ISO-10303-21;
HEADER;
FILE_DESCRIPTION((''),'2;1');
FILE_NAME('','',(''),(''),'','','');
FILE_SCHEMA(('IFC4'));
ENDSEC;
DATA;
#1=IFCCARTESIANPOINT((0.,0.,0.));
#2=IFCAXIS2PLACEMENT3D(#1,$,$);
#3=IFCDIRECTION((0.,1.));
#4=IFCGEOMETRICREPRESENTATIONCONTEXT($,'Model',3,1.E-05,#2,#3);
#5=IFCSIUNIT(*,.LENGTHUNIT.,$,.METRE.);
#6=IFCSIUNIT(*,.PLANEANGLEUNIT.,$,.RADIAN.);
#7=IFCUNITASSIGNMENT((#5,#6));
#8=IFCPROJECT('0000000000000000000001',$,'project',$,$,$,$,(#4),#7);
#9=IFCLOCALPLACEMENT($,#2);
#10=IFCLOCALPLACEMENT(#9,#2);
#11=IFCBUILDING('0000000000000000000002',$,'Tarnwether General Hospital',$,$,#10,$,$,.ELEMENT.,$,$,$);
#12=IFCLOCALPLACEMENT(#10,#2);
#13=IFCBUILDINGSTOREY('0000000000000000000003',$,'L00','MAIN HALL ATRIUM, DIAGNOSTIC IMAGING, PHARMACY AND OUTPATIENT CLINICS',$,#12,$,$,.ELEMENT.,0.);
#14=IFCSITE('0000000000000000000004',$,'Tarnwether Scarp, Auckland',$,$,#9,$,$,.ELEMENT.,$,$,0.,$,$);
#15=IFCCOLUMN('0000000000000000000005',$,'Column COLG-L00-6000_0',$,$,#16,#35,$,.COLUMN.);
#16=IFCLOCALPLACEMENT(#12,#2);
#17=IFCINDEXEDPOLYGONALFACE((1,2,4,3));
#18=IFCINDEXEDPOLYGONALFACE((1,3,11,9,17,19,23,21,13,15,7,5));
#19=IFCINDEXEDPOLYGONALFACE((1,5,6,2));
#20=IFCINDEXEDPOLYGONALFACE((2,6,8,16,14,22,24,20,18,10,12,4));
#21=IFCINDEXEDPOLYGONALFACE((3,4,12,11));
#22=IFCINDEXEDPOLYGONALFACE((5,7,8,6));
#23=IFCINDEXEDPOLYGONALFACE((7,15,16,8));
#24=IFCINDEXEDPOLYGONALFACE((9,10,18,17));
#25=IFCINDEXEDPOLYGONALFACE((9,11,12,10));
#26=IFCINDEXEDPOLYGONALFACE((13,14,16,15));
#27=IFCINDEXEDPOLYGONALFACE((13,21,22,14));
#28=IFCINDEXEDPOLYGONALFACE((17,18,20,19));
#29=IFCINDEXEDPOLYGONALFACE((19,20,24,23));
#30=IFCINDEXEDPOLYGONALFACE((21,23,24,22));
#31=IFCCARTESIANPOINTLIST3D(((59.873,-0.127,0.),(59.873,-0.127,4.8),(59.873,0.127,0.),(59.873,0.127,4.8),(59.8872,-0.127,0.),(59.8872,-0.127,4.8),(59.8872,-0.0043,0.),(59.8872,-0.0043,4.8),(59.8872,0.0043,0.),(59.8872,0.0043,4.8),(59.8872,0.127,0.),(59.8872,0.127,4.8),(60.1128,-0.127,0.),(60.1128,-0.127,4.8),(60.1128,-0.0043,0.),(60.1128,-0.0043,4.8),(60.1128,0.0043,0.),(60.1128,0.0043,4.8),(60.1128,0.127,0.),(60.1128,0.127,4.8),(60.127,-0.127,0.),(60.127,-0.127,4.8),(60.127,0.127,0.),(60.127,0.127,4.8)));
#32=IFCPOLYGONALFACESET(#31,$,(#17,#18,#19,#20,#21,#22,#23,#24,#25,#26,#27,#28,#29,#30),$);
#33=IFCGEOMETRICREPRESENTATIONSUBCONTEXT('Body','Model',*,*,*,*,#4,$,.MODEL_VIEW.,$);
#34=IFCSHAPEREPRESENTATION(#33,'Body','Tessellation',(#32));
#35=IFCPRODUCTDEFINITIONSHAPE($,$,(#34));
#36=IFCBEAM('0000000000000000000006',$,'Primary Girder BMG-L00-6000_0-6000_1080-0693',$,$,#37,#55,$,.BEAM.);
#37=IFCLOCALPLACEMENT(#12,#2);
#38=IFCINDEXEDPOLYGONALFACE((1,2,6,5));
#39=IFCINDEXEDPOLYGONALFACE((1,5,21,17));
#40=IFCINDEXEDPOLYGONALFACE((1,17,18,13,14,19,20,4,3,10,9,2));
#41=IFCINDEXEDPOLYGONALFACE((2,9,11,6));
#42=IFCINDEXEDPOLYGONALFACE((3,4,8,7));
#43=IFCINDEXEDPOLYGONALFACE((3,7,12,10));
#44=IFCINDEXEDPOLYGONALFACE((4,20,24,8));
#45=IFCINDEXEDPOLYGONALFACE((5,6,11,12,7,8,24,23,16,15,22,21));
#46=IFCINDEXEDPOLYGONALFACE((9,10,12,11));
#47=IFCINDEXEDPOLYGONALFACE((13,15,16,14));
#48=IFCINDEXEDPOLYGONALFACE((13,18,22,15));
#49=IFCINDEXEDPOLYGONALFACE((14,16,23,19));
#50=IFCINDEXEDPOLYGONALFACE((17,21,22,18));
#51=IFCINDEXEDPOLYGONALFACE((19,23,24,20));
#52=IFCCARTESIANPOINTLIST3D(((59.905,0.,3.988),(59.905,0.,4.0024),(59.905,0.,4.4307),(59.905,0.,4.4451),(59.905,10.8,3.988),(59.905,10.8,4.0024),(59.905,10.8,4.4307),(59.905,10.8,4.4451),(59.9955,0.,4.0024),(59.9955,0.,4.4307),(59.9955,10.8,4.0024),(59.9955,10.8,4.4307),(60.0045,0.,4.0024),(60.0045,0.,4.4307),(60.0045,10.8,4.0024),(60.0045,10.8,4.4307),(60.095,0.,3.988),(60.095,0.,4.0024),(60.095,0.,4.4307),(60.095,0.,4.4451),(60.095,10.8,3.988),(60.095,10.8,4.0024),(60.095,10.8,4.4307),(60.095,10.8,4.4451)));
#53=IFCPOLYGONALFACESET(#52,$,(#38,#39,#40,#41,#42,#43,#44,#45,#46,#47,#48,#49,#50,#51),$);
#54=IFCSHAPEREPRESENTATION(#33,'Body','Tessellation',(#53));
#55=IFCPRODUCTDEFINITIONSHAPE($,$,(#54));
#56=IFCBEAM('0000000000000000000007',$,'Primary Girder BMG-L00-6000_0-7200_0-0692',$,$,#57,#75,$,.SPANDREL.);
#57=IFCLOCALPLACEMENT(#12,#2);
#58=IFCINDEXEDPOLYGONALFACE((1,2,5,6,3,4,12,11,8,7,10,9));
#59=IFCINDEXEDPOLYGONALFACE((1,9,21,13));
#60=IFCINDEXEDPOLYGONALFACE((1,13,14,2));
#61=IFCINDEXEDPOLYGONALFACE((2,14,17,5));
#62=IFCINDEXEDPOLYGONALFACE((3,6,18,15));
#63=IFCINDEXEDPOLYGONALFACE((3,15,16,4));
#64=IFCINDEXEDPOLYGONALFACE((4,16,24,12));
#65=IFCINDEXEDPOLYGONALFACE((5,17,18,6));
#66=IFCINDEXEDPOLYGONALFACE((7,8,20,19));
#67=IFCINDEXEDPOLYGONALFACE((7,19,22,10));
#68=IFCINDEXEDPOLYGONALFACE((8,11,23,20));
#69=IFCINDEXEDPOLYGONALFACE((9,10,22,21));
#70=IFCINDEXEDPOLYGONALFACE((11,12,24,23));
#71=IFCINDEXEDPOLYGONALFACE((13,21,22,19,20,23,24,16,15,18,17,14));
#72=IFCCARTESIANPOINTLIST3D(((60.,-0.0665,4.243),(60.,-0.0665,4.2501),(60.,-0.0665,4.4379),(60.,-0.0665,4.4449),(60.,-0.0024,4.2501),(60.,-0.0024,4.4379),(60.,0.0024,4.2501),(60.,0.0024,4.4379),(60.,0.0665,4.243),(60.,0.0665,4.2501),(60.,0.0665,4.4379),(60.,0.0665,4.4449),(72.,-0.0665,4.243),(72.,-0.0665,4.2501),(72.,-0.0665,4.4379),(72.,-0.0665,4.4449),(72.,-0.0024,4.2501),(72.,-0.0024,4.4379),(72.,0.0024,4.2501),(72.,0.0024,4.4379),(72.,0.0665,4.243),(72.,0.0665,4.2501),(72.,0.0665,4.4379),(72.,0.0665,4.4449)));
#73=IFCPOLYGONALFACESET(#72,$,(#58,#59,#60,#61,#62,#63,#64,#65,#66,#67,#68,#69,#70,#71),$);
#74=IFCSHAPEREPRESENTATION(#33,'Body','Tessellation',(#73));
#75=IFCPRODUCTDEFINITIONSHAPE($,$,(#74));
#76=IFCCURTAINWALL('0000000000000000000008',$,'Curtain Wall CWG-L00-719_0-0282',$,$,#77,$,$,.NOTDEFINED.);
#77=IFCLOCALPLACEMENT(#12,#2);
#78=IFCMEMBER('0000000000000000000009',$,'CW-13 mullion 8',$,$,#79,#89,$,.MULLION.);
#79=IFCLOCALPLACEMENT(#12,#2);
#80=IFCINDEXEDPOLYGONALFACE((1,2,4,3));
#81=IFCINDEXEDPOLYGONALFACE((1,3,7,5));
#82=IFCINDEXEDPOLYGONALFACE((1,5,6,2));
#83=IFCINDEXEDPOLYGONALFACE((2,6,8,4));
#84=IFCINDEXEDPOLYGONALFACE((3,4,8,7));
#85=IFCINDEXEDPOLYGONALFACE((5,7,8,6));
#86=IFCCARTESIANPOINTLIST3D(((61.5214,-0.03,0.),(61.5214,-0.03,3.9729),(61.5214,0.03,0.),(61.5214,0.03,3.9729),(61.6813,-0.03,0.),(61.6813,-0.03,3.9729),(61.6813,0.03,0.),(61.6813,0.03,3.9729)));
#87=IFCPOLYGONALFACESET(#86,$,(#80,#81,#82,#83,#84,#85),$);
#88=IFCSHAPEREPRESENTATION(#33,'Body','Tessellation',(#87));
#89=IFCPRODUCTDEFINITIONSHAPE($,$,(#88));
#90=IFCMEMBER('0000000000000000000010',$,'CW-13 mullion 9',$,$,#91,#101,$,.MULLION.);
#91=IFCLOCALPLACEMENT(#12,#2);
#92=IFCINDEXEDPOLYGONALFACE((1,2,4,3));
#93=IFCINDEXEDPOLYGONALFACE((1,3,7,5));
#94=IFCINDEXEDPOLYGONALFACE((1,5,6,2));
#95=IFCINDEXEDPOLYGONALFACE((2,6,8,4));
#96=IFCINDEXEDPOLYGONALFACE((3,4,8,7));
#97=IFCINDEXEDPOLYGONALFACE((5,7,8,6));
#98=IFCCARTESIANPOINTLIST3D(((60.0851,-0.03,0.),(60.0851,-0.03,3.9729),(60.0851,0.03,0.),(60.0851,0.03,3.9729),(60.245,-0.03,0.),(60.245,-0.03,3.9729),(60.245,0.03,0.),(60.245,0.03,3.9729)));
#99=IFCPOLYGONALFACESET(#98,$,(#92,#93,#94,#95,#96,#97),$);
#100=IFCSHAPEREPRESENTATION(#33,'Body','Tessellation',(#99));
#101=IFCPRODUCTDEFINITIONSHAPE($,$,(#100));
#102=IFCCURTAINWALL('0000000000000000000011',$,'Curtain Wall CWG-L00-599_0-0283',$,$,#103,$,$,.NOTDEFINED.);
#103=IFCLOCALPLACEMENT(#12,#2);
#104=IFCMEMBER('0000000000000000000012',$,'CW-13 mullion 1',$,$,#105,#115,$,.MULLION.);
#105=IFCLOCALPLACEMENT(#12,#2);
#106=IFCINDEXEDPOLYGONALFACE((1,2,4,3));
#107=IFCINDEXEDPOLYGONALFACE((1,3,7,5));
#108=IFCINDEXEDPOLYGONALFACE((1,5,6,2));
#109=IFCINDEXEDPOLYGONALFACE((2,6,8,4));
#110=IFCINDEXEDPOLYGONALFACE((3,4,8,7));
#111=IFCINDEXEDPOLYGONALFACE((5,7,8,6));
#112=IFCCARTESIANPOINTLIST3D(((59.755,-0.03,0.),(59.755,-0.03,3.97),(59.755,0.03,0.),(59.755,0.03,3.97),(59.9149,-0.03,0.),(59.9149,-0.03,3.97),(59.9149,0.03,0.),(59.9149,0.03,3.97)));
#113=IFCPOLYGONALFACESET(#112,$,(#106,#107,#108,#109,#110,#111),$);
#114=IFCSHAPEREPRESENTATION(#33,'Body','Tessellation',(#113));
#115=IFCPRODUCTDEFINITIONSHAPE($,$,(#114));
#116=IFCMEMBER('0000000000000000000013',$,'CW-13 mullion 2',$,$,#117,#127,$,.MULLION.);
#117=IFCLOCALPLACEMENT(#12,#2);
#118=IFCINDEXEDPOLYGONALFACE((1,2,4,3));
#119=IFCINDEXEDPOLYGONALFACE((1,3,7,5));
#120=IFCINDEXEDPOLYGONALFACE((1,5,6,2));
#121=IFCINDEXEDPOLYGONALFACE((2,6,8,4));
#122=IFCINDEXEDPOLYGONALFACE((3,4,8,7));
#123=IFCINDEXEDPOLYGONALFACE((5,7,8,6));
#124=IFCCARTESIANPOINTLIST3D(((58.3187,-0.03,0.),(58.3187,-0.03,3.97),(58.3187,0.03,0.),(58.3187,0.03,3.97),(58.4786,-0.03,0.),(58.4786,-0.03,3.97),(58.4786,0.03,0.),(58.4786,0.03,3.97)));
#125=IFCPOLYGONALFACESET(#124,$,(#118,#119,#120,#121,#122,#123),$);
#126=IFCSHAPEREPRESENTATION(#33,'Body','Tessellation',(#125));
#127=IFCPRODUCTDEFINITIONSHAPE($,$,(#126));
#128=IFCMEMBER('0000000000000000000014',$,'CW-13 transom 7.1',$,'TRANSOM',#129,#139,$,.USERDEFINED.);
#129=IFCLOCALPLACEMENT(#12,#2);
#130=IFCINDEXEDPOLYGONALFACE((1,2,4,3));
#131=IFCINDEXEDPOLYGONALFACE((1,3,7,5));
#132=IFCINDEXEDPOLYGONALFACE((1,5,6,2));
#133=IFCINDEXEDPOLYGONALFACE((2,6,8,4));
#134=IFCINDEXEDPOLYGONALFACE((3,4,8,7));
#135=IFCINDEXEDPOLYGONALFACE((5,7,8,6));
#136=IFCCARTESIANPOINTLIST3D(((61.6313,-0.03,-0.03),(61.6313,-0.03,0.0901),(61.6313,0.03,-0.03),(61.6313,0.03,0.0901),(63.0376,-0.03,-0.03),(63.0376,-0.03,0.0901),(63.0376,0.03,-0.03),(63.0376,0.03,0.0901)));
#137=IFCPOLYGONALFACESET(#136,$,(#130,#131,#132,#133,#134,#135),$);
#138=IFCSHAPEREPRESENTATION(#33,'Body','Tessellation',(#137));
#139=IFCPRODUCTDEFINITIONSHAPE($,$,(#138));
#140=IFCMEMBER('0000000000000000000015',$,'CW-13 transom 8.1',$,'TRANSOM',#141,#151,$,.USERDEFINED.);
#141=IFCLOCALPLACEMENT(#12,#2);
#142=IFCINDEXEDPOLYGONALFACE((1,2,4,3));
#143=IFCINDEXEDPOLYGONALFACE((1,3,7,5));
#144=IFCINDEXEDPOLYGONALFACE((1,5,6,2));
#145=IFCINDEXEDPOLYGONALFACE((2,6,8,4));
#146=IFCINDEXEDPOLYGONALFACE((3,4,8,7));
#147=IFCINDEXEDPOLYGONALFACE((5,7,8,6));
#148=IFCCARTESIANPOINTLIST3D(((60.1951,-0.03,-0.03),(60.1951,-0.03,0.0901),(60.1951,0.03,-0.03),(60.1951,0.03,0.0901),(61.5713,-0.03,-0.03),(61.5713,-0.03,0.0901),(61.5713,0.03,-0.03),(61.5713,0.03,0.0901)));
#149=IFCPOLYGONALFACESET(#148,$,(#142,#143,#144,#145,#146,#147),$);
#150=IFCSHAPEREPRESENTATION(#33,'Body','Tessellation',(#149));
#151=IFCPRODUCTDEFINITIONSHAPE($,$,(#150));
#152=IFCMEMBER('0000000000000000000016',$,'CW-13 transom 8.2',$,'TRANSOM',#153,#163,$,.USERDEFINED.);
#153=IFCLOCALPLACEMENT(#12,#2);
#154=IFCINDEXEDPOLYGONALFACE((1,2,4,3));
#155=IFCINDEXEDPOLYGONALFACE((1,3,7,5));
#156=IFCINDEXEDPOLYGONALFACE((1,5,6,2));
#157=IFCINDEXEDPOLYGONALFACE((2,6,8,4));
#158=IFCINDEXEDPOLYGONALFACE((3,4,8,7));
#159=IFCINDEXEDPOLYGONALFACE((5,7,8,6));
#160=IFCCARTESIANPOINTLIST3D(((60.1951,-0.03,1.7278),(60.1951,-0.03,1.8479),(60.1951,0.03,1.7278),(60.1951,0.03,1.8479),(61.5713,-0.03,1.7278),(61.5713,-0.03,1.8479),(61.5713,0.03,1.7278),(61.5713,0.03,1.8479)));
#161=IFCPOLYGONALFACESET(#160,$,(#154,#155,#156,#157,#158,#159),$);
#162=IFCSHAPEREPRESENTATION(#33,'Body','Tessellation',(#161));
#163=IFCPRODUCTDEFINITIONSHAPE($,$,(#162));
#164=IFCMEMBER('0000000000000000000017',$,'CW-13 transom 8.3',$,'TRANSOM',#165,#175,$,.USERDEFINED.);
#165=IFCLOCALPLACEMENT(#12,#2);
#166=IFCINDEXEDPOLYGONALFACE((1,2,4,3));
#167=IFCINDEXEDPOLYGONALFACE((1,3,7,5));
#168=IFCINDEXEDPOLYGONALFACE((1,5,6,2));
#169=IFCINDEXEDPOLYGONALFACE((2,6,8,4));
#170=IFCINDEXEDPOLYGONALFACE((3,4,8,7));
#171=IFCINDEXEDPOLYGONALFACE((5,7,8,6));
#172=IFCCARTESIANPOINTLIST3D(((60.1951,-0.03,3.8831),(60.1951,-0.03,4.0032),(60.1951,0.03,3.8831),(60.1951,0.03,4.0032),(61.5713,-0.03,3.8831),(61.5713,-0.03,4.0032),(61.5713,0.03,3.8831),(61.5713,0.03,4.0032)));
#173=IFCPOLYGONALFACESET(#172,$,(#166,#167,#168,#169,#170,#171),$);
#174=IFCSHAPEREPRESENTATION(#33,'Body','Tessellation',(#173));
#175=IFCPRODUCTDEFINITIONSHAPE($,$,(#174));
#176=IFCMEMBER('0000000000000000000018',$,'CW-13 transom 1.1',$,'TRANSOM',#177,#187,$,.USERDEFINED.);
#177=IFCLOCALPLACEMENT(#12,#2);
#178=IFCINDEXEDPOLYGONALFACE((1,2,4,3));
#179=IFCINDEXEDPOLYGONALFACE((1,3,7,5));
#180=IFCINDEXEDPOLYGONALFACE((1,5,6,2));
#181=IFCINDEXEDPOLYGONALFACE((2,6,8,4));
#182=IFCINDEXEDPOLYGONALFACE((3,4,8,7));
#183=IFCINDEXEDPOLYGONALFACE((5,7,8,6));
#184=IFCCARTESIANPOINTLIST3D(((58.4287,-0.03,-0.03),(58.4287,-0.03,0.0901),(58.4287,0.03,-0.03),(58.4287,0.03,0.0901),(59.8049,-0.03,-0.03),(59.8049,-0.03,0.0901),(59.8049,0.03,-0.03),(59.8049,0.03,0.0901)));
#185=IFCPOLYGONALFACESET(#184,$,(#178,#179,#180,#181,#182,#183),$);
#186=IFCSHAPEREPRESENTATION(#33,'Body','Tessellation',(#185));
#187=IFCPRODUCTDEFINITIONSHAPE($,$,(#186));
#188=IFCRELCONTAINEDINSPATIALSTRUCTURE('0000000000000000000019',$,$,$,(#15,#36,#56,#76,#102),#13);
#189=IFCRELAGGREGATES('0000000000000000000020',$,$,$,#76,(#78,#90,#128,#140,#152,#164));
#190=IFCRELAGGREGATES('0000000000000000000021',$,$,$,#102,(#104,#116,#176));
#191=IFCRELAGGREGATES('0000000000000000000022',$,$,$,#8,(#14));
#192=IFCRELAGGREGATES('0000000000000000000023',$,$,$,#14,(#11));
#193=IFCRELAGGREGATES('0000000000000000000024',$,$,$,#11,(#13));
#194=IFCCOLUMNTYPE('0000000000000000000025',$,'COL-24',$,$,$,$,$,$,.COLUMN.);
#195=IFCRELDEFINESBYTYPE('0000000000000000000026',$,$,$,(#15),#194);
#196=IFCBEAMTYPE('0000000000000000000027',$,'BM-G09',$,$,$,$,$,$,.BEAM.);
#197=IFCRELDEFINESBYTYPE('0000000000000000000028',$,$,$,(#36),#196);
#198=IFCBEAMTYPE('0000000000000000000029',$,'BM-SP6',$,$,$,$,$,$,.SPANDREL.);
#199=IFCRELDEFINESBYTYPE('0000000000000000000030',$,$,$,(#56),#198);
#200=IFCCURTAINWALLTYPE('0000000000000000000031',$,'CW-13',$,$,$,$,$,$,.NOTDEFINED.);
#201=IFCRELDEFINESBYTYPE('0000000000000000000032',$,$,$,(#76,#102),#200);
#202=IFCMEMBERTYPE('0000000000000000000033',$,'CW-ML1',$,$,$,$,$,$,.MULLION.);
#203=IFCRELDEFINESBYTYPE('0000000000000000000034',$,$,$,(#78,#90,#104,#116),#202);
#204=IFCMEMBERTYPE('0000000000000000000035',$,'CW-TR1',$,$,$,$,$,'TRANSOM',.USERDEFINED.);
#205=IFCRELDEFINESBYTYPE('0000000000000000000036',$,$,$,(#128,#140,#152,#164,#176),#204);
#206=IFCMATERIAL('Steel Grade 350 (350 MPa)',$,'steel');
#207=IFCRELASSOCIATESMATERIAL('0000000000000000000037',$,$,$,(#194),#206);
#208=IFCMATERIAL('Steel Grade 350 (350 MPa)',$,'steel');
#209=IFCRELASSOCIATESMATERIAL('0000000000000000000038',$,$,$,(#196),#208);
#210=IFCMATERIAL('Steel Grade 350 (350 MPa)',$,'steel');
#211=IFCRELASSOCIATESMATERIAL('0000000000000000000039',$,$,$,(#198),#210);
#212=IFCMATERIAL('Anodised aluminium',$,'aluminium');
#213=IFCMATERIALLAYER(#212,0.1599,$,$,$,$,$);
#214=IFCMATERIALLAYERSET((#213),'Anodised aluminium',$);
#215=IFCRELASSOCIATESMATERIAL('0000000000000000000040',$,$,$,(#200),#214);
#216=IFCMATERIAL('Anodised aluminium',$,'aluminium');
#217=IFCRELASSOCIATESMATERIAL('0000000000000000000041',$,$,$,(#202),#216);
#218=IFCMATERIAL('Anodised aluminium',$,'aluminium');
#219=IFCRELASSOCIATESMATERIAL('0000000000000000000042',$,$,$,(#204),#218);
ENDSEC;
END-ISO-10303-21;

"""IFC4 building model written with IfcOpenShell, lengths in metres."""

from ifc_helpers import new_model, si_unit, direction, frame, origin, origin_2d, place, context, subcontext, project, spatial, rectangle, i_section, extrude, material, layer, layer_set, material_profile, profile_set, type_object, element, aggregate, save


model = new_model("IFC4")

# Units and contexts
model_context = context("Model", 3, precision=1e-05, world=origin(), true_north=direction((0.0, 1.0)))
body_context = subcontext(model_context, "Body", "Model", "MODEL_VIEW")
ifc_project = project(units=[si_unit("LENGTHUNIT", "METRE"), si_unit("PLANEANGLEUNIT", "RADIAN")], contexts=[model_context])

# Site, building, storey
site_placement = place(None, origin())
site = spatial("IfcSite", under=ifc_project, at=site_placement, Name="Tarnwether Scarp, Auckland", CompositionType="ELEMENT", RefElevation=0.0)
building_placement = place(site_placement, origin())
building = spatial("IfcBuilding", under=site, at=building_placement, Name="Tarnwether General Hospital", CompositionType="ELEMENT")
storey_placement = place(building_placement, origin())
storey = spatial("IfcBuildingStorey", under=building, at=storey_placement, Name="L00", Description="MAIN HALL ATRIUM, DIAGNOSTIC IMAGING, PHARMACY AND OUTPATIENT CLINICS", CompositionType="ELEMENT", Elevation=0.0)

# Column
ifc_material_1 = material(Name="Steel Grade 350 (350 MPa)", Category="steel")
ifc_material_profile_1 = material_profile(ifc_material_1, i_section(OverallWidth=0.2539, OverallDepth=0.2539, WebThickness=0.0085, FlangeThickness=0.0142, at=origin_2d()), Name="250UC72.9")
ifc_profile_set_1 = profile_set([ifc_material_profile_1], Name="Steel Grade 350 (350 MPa)")
column_type = type_object("IfcColumnType", Name="COL-24", PredefinedType="COLUMN", material=ifc_profile_set_1)
column_placement = place(storey_placement, frame((60.0, 0.0, 0.0), z_axis=(0.0, 0.0, 1.0), x_axis=(0.0, 1.0, 0.0)))
element("IfcColumn", 1, at=column_placement, inside=storey, type_object=column_type, Name="Column COLG-L00-6000_0", PredefinedType="COLUMN", context=body_context, shape_type="SweptSolid", body=[
    extrude(i_section(OverallWidth=0.2539, OverallDepth=0.2539, WebThickness=0.0085, FlangeThickness=0.0142, at=origin_2d()), origin(), (0.0, 0.0, 1.0), 4.8),
])

# Beams
ifc_material_2 = material(Name="Steel Grade 350 (350 MPa)", Category="steel")
ifc_material_profile_2 = material_profile(ifc_material_2, i_section(OverallWidth=0.1899, OverallDepth=0.457, WebThickness=0.009, FlangeThickness=0.0144, at=origin_2d()), Name="460UB74.6")
ifc_profile_set_2 = profile_set([ifc_material_profile_2], Name="Steel Grade 350 (350 MPa)")
beam_type_1 = type_object("IfcBeamType", Name="BM-G09", PredefinedType="BEAM", material=ifc_profile_set_2)
beam_1_placement = place(storey_placement, frame((60.0, 0.0, 4.2166), z_axis=(0.0, 1.0, 0.0), x_axis=(-1.0, 0.0, 0.0)))
element("IfcBeam", 2, at=beam_1_placement, inside=storey, type_object=beam_type_1, Name="Primary Girder BMG-L00-6000_0-6000_1080-0693", PredefinedType="BEAM", context=body_context, shape_type="SweptSolid", body=[
    extrude(i_section(OverallWidth=0.1899, OverallDepth=0.457, WebThickness=0.009, FlangeThickness=0.0144, at=origin_2d()), origin(), (0.0, 0.0, 1.0), 10.8),
])
ifc_material_3 = material(Name="Steel Grade 350 (350 MPa)", Category="steel")
ifc_material_profile_3 = material_profile(ifc_material_3, i_section(OverallWidth=0.1331, OverallDepth=0.2019, WebThickness=0.0049, FlangeThickness=0.0071, at=origin_2d()), Name="200UB22.3")
ifc_profile_set_3 = profile_set([ifc_material_profile_3], Name="Steel Grade 350 (350 MPa)")
beam_type_2 = type_object("IfcBeamType", Name="BM-SP6", PredefinedType="SPANDREL", material=ifc_profile_set_3)
beam_2_placement = place(storey_placement, frame((60.0, 0.0, 4.344), z_axis=(1.0, 0.0, 0.0), x_axis=(0.0, 1.0, 0.0)))
element("IfcBeam", 3, at=beam_2_placement, inside=storey, type_object=beam_type_2, Name="Primary Girder BMG-L00-6000_0-7200_0-0692", PredefinedType="SPANDREL", context=body_context, shape_type="SweptSolid", body=[
    extrude(i_section(OverallWidth=0.1331, OverallDepth=0.2019, WebThickness=0.0049, FlangeThickness=0.0071, at=origin_2d()), origin(), (0.0, 0.0, 1.0), 12.0),
])

# Curtain walls, members
ifc_material_4 = material(Name="Anodised aluminium", Category="aluminium")
ifc_layer_1 = layer(ifc_material_4, 0.1599)
ifc_layer_set_1 = layer_set([ifc_layer_1], Name="Anodised aluminium")
curtain_wall_type = type_object("IfcCurtainWallType", Name="CW-13", PredefinedType="NOTDEFINED", material=ifc_layer_set_1)
curtain_wall_1_placement = place(storey_placement, origin())
curtain_wall_1 = element("IfcCurtainWall", 4, at=curtain_wall_1_placement, inside=storey, type_object=curtain_wall_type, Name="Curtain Wall CWG-L00-719_0-0282", PredefinedType="NOTDEFINED")
ifc_material_5 = material(Name="Anodised aluminium", Category="aluminium")
ifc_material_profile_4 = material_profile(ifc_material_5, rectangle(XDim=0.0601, YDim=0.1599, at=origin_2d()), Name="ALU-MUL-60x160")
ifc_profile_set_4 = profile_set([ifc_material_profile_4], Name="Anodised aluminium")
member_type_1 = type_object("IfcMemberType", Name="CW-ML1", PredefinedType="MULLION", material=ifc_profile_set_4)
member_1_placement = place(storey_placement, frame((61.6013, 0.0, 0.0), z_axis=(0.0, 0.0, 1.0), x_axis=(0.0, -1.0, 0.0)))
member_1 = element("IfcMember", 5, at=member_1_placement, type_object=member_type_1, Name="CW-13 mullion 8", PredefinedType="MULLION", context=body_context, shape_type="SweptSolid", body=[
    extrude(rectangle(XDim=0.0601, YDim=0.1599, at=origin_2d()), origin(), (0.0, 0.0, 1.0), 3.9729),
])
member_2_placement = place(storey_placement, frame((60.165, 0.0, 0.0), z_axis=(0.0, 0.0, 1.0), x_axis=(0.0, -1.0, 0.0)))
member_2 = element("IfcMember", 6, at=member_2_placement, type_object=member_type_1, Name="CW-13 mullion 9", PredefinedType="MULLION", context=body_context, shape_type="SweptSolid", body=[
    extrude(rectangle(XDim=0.0601, YDim=0.1599, at=origin_2d()), origin(), (0.0, 0.0, 1.0), 3.9729),
])
curtain_wall_2_placement = place(storey_placement, origin())
curtain_wall_2 = element("IfcCurtainWall", 7, at=curtain_wall_2_placement, inside=storey, type_object=curtain_wall_type, Name="Curtain Wall CWG-L00-599_0-0283", PredefinedType="NOTDEFINED")
member_3_placement = place(storey_placement, frame((59.835, 0.0, 0.0), z_axis=(0.0, 0.0, 1.0), x_axis=(0.0, -1.0, 0.0)))
member_3 = element("IfcMember", 8, at=member_3_placement, type_object=member_type_1, Name="CW-13 mullion 1", PredefinedType="MULLION", context=body_context, shape_type="SweptSolid", body=[
    extrude(rectangle(XDim=0.0601, YDim=0.1599, at=origin_2d()), origin(), (0.0, 0.0, 1.0), 3.97),
])
member_4_placement = place(storey_placement, frame((58.3987, 0.0, 0.0), z_axis=(0.0, 0.0, 1.0), x_axis=(0.0, -1.0, 0.0)))
member_4 = element("IfcMember", 9, at=member_4_placement, type_object=member_type_1, Name="CW-13 mullion 2", PredefinedType="MULLION", context=body_context, shape_type="SweptSolid", body=[
    extrude(rectangle(XDim=0.0601, YDim=0.1599, at=origin_2d()), origin(), (0.0, 0.0, 1.0), 3.97),
])

# Members
ifc_material_6 = material(Name="Anodised aluminium", Category="aluminium")
ifc_material_profile_5 = material_profile(ifc_material_6, rectangle(XDim=0.0601, YDim=0.1201, at=origin_2d()), Name="ALU-TRN-60x120")
ifc_profile_set_5 = profile_set([ifc_material_profile_5], Name="Anodised aluminium")
member_type_2 = type_object("IfcMemberType", Name="CW-TR1", ElementType="TRANSOM", PredefinedType="USERDEFINED", material=ifc_profile_set_5)
member_5_placement = place(storey_placement, frame((63.0376, 0.0, 0.03), z_axis=(-1.0, 0.0, 0.0), x_axis=(0.0, -1.0, 0.0)))
member_5 = element("IfcMember", 10, at=member_5_placement, type_object=member_type_2, Name="CW-13 transom 7.1", ObjectType="TRANSOM", PredefinedType="USERDEFINED", context=body_context, shape_type="SweptSolid", body=[
    extrude(rectangle(XDim=0.0601, YDim=0.1201, at=origin_2d()), origin(), (0.0, 0.0, 1.0), 1.4062),
])
member_6_placement = place(storey_placement, frame((61.5713, 0.0, 0.03), z_axis=(-1.0, 0.0, 0.0), x_axis=(0.0, -1.0, 0.0)))
member_6 = element("IfcMember", 11, at=member_6_placement, type_object=member_type_2, Name="CW-13 transom 8.1", ObjectType="TRANSOM", PredefinedType="USERDEFINED", context=body_context, shape_type="SweptSolid", body=[
    extrude(rectangle(XDim=0.0601, YDim=0.1201, at=origin_2d()), origin(), (0.0, 0.0, 1.0), 1.3762),
])
member_7_placement = place(storey_placement, frame((61.5713, 0.0, 1.7878), z_axis=(-1.0, 0.0, 0.0), x_axis=(0.0, -1.0, 0.0)))
member_7 = element("IfcMember", 12, at=member_7_placement, type_object=member_type_2, Name="CW-13 transom 8.2", ObjectType="TRANSOM", PredefinedType="USERDEFINED", context=body_context, shape_type="SweptSolid", body=[
    extrude(rectangle(XDim=0.0601, YDim=0.1201, at=origin_2d()), origin(), (0.0, 0.0, 1.0), 1.3762),
])
member_8_placement = place(storey_placement, frame((61.5713, 0.0, 3.9431), z_axis=(-1.0, 0.0, 0.0), x_axis=(0.0, -1.0, 0.0)))
member_8 = element("IfcMember", 13, at=member_8_placement, type_object=member_type_2, Name="CW-13 transom 8.3", ObjectType="TRANSOM", PredefinedType="USERDEFINED", context=body_context, shape_type="SweptSolid", body=[
    extrude(rectangle(XDim=0.0601, YDim=0.1201, at=origin_2d()), origin(), (0.0, 0.0, 1.0), 1.3762),
])
member_9_placement = place(storey_placement, frame((59.8049, 0.0, 0.03), z_axis=(-1.0, 0.0, 0.0), x_axis=(0.0, -1.0, 0.0)))
member_9 = element("IfcMember", 14, at=member_9_placement, type_object=member_type_2, Name="CW-13 transom 1.1", ObjectType="TRANSOM", PredefinedType="USERDEFINED", context=body_context, shape_type="SweptSolid", body=[
    extrude(rectangle(XDim=0.0601, YDim=0.1201, at=origin_2d()), origin(), (0.0, 0.0, 1.0), 1.3762),
])

aggregate(curtain_wall_1, [member_1, member_2, member_5, member_6, member_7, member_8])
aggregate(curtain_wall_2, [member_3, member_4, member_9])

save(model, "model.ifc")
